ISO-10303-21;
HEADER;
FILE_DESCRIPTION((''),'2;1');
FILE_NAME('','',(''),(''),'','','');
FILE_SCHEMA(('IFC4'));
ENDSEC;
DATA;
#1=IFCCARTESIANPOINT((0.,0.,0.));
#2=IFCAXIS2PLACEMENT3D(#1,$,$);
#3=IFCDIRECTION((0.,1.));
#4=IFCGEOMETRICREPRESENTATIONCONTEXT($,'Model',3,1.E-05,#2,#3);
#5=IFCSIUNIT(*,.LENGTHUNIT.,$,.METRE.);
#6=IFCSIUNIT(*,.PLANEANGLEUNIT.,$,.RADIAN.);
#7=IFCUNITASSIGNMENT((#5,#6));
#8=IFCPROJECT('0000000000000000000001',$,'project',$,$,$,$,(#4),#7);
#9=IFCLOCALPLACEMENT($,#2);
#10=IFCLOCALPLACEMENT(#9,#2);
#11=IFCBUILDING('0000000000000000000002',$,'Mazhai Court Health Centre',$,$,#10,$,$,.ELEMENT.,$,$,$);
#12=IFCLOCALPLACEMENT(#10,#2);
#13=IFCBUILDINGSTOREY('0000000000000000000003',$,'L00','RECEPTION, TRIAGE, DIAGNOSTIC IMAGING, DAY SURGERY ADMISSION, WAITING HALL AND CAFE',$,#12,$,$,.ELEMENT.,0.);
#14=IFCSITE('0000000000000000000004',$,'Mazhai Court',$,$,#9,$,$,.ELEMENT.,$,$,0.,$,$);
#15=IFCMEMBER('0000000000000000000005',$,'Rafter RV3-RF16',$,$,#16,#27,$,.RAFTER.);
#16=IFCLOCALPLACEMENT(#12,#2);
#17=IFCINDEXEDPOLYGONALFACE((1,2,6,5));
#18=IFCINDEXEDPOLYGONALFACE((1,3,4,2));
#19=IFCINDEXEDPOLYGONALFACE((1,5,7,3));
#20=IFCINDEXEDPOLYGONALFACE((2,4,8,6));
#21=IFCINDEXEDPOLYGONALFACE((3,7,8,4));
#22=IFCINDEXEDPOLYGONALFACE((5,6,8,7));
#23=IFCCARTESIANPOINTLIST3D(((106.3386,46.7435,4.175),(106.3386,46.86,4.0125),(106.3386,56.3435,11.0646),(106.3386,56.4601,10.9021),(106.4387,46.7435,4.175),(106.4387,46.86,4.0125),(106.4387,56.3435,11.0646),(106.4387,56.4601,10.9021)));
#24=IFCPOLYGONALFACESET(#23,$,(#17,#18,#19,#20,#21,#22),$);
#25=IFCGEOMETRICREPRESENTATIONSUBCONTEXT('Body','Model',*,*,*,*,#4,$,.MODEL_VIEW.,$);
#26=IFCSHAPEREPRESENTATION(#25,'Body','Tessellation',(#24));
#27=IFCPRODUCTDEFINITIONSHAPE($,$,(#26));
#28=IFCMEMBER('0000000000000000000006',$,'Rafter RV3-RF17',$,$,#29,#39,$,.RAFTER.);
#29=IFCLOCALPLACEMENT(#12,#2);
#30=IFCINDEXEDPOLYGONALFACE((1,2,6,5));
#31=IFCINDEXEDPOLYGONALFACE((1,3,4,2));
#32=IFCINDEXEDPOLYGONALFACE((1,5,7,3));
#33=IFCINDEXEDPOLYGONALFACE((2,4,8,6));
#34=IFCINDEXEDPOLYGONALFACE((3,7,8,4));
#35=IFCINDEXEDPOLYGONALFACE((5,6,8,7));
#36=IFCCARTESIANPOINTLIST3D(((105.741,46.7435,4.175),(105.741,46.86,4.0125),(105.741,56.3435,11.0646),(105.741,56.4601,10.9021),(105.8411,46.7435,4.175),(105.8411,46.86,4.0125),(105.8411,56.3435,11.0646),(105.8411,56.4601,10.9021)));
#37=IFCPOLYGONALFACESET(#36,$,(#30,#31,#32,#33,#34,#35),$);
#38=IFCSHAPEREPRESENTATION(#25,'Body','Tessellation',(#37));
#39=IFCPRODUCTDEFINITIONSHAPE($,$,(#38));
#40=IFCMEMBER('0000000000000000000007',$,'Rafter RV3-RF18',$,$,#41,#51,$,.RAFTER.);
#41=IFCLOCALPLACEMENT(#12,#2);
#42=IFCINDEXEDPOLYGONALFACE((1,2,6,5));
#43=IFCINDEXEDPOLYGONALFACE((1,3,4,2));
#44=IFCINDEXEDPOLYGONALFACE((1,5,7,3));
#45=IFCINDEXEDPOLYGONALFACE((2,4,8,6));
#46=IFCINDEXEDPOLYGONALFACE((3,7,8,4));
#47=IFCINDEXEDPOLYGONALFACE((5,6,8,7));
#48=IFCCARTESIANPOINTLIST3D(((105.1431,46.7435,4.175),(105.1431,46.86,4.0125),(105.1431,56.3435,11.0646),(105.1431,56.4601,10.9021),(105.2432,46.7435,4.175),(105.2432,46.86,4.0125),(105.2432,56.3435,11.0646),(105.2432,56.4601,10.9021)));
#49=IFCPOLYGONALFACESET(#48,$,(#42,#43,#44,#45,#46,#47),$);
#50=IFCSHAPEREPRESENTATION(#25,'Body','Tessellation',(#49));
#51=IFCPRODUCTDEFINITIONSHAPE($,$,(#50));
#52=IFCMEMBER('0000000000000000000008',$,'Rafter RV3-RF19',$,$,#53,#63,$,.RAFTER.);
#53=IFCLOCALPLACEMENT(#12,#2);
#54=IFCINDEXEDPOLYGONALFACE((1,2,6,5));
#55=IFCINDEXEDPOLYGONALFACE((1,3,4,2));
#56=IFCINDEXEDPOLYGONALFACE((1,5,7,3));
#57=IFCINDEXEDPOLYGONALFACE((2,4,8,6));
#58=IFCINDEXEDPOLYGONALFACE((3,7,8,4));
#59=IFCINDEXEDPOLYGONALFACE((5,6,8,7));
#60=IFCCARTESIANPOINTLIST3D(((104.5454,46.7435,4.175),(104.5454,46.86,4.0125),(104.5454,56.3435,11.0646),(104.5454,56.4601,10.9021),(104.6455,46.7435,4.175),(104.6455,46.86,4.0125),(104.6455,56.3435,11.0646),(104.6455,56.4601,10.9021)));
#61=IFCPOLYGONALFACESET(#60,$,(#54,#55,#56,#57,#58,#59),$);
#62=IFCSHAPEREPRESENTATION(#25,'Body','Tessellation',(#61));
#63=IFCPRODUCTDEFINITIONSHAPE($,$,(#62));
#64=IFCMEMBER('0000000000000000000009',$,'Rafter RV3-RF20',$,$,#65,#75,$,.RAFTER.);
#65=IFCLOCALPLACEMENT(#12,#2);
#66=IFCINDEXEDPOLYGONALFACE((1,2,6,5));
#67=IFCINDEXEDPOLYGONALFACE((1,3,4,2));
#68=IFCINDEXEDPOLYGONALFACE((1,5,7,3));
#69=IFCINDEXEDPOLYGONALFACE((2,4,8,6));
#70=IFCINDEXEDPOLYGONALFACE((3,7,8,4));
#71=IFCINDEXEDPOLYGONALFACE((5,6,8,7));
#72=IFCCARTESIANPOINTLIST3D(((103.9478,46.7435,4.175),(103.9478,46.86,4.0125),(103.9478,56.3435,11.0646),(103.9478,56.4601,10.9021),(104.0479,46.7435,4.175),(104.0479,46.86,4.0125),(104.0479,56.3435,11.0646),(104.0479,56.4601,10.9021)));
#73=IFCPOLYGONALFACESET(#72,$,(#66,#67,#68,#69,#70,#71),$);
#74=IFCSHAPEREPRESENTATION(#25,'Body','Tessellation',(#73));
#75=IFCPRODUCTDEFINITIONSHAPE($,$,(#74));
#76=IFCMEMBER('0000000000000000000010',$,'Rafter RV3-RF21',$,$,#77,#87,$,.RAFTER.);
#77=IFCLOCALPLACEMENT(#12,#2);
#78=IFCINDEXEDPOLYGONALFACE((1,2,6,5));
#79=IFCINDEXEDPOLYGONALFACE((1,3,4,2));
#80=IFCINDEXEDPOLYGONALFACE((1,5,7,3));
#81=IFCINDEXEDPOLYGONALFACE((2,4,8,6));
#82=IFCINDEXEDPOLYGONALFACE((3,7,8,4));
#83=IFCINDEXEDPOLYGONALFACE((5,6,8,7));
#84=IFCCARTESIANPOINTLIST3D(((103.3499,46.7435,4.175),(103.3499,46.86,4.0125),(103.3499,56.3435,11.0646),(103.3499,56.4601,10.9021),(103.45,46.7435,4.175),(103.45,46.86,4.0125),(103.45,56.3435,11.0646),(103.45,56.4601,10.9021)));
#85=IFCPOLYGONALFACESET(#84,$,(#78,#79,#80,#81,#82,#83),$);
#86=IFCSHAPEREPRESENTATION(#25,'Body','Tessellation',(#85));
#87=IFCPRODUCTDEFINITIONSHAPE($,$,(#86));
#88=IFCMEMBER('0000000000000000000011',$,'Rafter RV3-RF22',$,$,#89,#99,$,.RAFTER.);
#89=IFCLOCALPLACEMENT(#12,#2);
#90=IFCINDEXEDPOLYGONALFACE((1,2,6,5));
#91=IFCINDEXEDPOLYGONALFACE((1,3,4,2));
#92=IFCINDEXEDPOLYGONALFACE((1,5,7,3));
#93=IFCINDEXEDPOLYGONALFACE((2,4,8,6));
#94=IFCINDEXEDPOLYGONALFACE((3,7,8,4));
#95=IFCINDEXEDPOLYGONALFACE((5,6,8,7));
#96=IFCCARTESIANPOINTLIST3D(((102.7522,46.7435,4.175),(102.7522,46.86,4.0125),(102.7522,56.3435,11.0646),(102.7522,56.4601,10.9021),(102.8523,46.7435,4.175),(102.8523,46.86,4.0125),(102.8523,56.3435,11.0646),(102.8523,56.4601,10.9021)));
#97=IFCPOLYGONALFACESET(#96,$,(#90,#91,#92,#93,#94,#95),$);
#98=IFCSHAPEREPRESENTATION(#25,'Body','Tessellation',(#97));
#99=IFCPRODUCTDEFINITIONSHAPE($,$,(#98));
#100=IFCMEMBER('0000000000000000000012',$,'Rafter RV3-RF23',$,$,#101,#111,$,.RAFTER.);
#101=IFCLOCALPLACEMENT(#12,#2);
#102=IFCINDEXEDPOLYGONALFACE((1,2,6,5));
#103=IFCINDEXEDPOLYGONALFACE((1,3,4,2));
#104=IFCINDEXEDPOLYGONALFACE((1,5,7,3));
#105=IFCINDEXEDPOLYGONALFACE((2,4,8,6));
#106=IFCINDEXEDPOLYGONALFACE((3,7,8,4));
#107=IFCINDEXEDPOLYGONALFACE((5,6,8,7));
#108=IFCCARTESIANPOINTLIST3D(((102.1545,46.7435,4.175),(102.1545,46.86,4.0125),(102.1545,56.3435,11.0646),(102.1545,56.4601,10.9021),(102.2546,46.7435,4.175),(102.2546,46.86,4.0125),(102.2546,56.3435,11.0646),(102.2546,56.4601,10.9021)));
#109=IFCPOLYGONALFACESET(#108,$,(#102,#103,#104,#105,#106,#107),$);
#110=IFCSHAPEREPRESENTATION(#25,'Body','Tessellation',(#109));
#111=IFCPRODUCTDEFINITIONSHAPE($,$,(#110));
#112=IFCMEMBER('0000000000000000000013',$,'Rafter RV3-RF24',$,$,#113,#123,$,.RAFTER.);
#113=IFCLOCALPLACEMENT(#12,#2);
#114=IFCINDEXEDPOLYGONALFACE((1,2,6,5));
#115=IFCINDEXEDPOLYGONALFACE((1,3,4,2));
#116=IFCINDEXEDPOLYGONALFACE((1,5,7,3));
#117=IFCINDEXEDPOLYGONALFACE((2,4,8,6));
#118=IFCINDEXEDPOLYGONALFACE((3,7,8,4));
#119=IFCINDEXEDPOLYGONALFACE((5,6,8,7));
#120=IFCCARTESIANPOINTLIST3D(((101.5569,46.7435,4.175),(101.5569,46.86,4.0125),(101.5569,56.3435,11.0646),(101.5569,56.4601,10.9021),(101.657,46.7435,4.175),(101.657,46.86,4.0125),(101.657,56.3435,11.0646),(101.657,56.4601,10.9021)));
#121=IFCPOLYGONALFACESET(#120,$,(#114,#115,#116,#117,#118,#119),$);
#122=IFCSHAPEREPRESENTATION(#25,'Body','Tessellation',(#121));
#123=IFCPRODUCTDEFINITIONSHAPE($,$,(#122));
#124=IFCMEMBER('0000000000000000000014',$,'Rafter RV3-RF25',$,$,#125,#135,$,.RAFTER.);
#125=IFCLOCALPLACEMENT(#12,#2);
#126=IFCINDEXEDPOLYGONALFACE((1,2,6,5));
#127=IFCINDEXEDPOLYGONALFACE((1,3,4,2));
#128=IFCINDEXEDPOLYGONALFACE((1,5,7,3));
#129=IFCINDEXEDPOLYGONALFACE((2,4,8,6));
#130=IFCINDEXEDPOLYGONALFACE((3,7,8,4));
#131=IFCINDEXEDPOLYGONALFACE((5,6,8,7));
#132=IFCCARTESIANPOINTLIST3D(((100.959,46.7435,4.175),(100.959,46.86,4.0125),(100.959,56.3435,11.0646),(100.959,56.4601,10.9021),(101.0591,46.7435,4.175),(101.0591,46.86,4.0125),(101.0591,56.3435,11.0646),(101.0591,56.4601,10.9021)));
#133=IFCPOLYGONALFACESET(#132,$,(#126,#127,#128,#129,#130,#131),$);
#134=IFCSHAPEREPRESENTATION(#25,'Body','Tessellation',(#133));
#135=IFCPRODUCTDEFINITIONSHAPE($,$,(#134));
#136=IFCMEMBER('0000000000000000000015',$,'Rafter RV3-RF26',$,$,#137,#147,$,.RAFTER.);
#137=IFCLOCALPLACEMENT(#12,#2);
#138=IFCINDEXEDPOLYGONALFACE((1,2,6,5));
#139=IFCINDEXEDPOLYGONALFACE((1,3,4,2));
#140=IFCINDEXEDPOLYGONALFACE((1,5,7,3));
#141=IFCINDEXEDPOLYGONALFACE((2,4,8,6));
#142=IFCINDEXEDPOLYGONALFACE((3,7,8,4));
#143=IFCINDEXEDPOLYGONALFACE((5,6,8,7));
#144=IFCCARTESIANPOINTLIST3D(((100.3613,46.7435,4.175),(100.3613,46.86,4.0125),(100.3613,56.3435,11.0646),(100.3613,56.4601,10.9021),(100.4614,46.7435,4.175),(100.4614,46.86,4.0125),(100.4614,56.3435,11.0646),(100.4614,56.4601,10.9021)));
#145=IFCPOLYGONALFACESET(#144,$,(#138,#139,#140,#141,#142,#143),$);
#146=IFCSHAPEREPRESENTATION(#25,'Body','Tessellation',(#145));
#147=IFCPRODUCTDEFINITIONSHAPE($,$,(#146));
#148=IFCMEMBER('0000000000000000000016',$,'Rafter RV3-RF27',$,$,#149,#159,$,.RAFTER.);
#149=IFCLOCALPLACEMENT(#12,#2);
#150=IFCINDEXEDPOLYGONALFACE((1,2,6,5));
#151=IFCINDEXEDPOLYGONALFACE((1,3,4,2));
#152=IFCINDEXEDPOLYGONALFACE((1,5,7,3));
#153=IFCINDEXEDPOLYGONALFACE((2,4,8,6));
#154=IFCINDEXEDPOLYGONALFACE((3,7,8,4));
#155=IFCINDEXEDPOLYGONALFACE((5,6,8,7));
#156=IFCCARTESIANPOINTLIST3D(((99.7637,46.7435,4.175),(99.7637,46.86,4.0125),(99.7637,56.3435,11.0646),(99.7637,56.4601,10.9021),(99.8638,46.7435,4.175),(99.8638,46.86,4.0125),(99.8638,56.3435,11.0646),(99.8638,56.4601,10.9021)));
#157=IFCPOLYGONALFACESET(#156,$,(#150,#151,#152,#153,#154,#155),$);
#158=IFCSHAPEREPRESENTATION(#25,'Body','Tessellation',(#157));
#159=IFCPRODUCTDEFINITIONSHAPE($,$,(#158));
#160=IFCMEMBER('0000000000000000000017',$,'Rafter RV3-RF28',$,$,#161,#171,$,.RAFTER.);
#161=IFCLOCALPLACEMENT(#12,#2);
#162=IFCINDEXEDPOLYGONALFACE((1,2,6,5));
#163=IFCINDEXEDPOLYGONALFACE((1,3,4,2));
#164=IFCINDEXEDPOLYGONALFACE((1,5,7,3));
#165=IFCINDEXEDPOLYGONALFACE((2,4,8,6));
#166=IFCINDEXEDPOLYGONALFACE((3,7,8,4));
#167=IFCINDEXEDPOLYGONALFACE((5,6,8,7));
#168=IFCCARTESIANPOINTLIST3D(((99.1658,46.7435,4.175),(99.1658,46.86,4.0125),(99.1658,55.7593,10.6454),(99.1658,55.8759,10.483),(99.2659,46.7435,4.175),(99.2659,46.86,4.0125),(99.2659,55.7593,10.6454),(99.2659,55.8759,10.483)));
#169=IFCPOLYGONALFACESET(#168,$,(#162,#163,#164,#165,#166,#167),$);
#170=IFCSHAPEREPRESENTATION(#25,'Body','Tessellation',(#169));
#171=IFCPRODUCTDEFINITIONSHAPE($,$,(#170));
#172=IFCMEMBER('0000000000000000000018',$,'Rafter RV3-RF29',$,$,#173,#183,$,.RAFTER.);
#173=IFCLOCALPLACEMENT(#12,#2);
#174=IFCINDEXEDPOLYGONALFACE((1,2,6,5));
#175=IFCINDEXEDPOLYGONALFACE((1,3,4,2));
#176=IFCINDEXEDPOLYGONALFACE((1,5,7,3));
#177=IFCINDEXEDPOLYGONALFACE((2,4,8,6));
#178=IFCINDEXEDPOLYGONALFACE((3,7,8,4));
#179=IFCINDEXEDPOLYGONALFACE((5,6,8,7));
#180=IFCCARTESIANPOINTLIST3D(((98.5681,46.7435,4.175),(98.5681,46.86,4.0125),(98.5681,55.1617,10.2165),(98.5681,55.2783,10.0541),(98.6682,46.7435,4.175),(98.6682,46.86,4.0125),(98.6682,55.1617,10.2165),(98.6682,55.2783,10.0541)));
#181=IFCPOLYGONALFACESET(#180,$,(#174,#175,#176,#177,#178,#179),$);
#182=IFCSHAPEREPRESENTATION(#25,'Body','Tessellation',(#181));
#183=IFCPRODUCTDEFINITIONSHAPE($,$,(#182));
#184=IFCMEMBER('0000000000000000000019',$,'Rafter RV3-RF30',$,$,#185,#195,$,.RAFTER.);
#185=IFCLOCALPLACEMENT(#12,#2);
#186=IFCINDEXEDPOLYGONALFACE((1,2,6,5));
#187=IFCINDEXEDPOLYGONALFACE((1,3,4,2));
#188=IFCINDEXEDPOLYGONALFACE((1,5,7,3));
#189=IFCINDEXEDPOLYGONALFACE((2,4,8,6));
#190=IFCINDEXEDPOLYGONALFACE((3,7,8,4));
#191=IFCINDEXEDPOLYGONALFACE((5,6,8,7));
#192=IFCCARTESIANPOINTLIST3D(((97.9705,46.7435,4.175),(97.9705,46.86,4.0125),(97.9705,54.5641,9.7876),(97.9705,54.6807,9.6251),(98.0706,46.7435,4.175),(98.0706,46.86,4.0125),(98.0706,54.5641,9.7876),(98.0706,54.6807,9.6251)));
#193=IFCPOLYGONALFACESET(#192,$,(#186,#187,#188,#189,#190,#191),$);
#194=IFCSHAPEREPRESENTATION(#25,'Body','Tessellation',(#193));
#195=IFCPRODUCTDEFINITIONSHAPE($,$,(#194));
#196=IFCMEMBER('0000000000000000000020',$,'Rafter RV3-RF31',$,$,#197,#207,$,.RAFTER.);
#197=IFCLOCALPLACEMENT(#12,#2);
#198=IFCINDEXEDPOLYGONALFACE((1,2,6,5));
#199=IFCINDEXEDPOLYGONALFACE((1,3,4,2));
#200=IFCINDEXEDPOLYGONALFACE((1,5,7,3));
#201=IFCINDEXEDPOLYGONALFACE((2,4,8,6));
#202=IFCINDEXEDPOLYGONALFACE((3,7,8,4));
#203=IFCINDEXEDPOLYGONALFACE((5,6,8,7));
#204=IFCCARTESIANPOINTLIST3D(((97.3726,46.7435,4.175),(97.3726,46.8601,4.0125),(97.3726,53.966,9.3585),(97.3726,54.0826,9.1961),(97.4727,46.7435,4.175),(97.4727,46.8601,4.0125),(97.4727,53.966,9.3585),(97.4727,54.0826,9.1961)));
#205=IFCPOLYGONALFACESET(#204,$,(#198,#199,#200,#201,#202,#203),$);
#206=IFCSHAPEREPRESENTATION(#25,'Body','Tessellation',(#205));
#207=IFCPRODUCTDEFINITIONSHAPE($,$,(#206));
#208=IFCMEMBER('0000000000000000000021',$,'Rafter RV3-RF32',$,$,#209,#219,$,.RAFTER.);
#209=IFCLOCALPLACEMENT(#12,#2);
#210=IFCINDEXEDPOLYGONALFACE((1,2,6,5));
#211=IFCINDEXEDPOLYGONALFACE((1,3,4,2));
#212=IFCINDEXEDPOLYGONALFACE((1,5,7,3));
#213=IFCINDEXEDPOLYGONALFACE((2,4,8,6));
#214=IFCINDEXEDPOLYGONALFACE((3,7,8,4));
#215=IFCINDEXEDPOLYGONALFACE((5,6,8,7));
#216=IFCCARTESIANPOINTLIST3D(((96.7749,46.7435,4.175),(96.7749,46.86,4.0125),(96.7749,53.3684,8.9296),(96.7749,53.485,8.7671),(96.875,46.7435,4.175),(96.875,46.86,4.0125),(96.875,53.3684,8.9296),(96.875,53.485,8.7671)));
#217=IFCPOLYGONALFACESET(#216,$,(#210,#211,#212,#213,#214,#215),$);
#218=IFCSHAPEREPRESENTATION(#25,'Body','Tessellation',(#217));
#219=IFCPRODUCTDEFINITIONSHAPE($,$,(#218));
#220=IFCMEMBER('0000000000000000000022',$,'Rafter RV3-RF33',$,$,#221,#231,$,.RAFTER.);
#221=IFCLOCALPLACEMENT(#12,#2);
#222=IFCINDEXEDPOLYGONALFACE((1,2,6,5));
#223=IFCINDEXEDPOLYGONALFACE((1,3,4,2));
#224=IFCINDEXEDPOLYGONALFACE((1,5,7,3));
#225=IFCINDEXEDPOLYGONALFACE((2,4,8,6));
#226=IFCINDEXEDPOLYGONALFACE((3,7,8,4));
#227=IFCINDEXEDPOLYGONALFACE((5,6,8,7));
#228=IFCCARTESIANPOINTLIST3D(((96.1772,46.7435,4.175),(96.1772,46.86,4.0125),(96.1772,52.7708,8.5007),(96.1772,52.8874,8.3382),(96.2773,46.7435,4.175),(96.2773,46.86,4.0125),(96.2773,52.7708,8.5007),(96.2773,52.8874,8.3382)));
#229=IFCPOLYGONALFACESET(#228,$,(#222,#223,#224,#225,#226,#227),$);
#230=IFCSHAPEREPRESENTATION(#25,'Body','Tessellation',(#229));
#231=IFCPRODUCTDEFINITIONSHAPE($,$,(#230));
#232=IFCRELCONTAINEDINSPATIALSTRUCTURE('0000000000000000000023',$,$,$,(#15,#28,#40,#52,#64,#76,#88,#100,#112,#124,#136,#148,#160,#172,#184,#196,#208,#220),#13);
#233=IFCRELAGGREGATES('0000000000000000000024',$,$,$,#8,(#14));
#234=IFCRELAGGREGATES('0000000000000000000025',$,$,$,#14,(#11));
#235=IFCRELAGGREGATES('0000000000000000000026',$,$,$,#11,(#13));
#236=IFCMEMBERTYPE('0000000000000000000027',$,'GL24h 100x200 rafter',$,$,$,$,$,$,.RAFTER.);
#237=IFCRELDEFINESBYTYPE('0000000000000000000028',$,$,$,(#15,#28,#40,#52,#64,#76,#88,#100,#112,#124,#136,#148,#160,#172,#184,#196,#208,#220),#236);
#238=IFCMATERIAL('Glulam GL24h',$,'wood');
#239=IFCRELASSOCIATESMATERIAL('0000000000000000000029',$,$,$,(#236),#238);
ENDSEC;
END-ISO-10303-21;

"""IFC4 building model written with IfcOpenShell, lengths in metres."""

from ifc_helpers import new_model, si_unit, direction, frame, origin, origin_2d, place, context, subcontext, project, spatial, rectangle, extrude, material, material_profile, profile_set, type_object, element, save


model = new_model("IFC4")

# Units and contexts
model_context = context("Model", 3, precision=1e-05, world=origin(), true_north=direction((0.0, 1.0)))
body_context = subcontext(model_context, "Body", "Model", "MODEL_VIEW")
ifc_project = project(units=[si_unit("LENGTHUNIT", "METRE"), si_unit("PLANEANGLEUNIT", "RADIAN")], contexts=[model_context])

# Site, building, storey
site_placement = place(None, origin())
site = spatial("IfcSite", under=ifc_project, at=site_placement, Name="Mazhai Court", CompositionType="ELEMENT", RefElevation=0.0)
building_placement = place(site_placement, origin())
building = spatial("IfcBuilding", under=site, at=building_placement, Name="Mazhai Court Health Centre", CompositionType="ELEMENT")
storey_placement = place(building_placement, origin())
storey = spatial("IfcBuildingStorey", under=building, at=storey_placement, Name="L00", Description="RECEPTION, TRIAGE, DIAGNOSTIC IMAGING, DAY SURGERY ADMISSION, WAITING HALL AND CAFE", CompositionType="ELEMENT", Elevation=0.0)

# Members
ifc_material_1 = material(Name="Glulam GL24h", Category="wood")
ifc_material_profile = material_profile(ifc_material_1, rectangle(XDim=0.1001, YDim=0.2, at=origin_2d()), Name="GL24h 100x200")
ifc_profile_set = profile_set([ifc_material_profile], Name="Glulam GL24h")
member_type = type_object("IfcMemberType", Name="GL24h 100x200 rafter", PredefinedType="RAFTER", material=ifc_profile_set)
for number, where, z_axis, x_axis, name in (
    (1, (106.3887, 46.8018, 4.0938), (0.0, 0.812433, 0.583054), (-1.0, 0.0, 0.0), "Rafter RV3-RF16"),
    (2, (105.791, 46.8018, 4.0938), (0.0, 0.812433, 0.583054), (-1.0, 0.0, 0.0), "Rafter RV3-RF17"),
    (3, (105.1931, 46.8018, 4.0938), (0.0, 0.812433, 0.583054), (-1.0, 0.0, 0.0), "Rafter RV3-RF18"),
    (4, (104.5955, 46.8018, 4.0938), (0.0, 0.812433, 0.583054), (-1.0, 0.0, 0.0), "Rafter RV3-RF19"),
    (5, (103.9978, 46.8018, 4.0938), (0.0, 0.812433, 0.583054), (-1.0, 0.0, 0.0), "Rafter RV3-RF20"),
    (6, (103.3999, 46.8018, 4.0938), (0.0, 0.812433, 0.583054), (-1.0, 0.0, 0.0), "Rafter RV3-RF21"),
    (7, (102.8022, 46.8018, 4.0938), (0.0, 0.812433, 0.583054), (-1.0, 0.0, 0.0), "Rafter RV3-RF22"),
    (8, (102.2046, 46.8018, 4.0938), (0.0, 0.812433, 0.583054), (-1.0, 0.0, 0.0), "Rafter RV3-RF23"),
    (9, (101.6069, 46.8018, 4.0938), (0.0, 0.812433, 0.583054), (-1.0, 0.0, 0.0), "Rafter RV3-RF24"),
    (10, (101.009, 46.8018, 4.0938), (0.0, 0.812433, 0.583054), (-1.0, 0.0, 0.0), "Rafter RV3-RF25"),
    (11, (100.4114, 46.8018, 4.0938), (0.0, 0.812433, 0.583054), (-1.0, 0.0, 0.0), "Rafter RV3-RF26"),
    (12, (99.8137, 46.8018, 4.0938), (0.0, 0.812433, 0.583054), (-1.0, 0.0, 0.0), "Rafter RV3-RF27"),
):
    element("IfcMember", number, at=place(storey_placement, frame(where, z_axis=z_axis, x_axis=x_axis)), inside=storey, type_object=member_type, Name=name, PredefinedType="RAFTER", context=body_context, shape_type="SweptSolid", body=[
        extrude(rectangle(XDim=0.1001, YDim=0.2, at=origin_2d()), origin(), (0.0, 0.0, 1.0), 11.8164),
    ])
member_1_placement = place(storey_placement, frame((99.2158, 46.8018, 4.0938), z_axis=(0.0, 0.812429, 0.58306), x_axis=(-1.0, 0.0, 0.0)))
element("IfcMember", 13, at=member_1_placement, inside=storey, type_object=member_type, Name="Rafter RV3-RF28", PredefinedType="RAFTER", context=body_context, shape_type="SweptSolid", body=[
    extrude(rectangle(XDim=0.1001, YDim=0.2, at=origin_2d()), origin(), (0.0, 0.0, 1.0), 11.0974),
])
member_2_placement = place(storey_placement, frame((98.6182, 46.8018, 4.0938), z_axis=(0.0, 0.812431, 0.583058), x_axis=(-1.0, 0.0, 0.0)))
element("IfcMember", 14, at=member_2_placement, inside=storey, type_object=member_type, Name="Rafter RV3-RF29", PredefinedType="RAFTER", context=body_context, shape_type="SweptSolid", body=[
    extrude(rectangle(XDim=0.1001, YDim=0.2, at=origin_2d()), origin(), (0.0, 0.0, 1.0), 10.3618),
])
member_3_placement = place(storey_placement, frame((98.0205, 46.8018, 4.0938), z_axis=(0.0, 0.812432, 0.583055), x_axis=(-1.0, 0.0, 0.0)))
element("IfcMember", 15, at=member_3_placement, inside=storey, type_object=member_type, Name="Rafter RV3-RF30", PredefinedType="RAFTER", context=body_context, shape_type="SweptSolid", body=[
    extrude(rectangle(XDim=0.1001, YDim=0.2, at=origin_2d()), origin(), (0.0, 0.0, 1.0), 9.6262),
])
member_4_placement = place(storey_placement, frame((97.4226, 46.8018, 4.0938), z_axis=(0.0, 0.812425, 0.583066), x_axis=(-1.0, 0.0, 0.0)))
element("IfcMember", 16, at=member_4_placement, inside=storey, type_object=member_type, Name="Rafter RV3-RF31", PredefinedType="RAFTER", context=body_context, shape_type="SweptSolid", body=[
    extrude(rectangle(XDim=0.1001, YDim=0.2, at=origin_2d()), origin(), (0.0, 0.0, 1.0), 8.8901),
])
member_5_placement = place(storey_placement, frame((96.825, 46.8018, 4.0938), z_axis=(0.0, 0.812427, 0.583063), x_axis=(-1.0, 0.0, 0.0)))
element("IfcMember", 17, at=member_5_placement, inside=storey, type_object=member_type, Name="Rafter RV3-RF32", PredefinedType="RAFTER", context=body_context, shape_type="SweptSolid", body=[
    extrude(rectangle(XDim=0.1001, YDim=0.2, at=origin_2d()), origin(), (0.0, 0.0, 1.0), 8.1545),
])
member_6_placement = place(storey_placement, frame((96.2273, 46.8018, 4.0938), z_axis=(0.0, 0.812428, 0.583061), x_axis=(-1.0, 0.0, 0.0)))
element("IfcMember", 18, at=member_6_placement, inside=storey, type_object=member_type, Name="Rafter RV3-RF33", PredefinedType="RAFTER", context=body_context, shape_type="SweptSolid", body=[
    extrude(rectangle(XDim=0.1001, YDim=0.2, at=origin_2d()), origin(), (0.0, 0.0, 1.0), 7.4189),
])

save(model, "model.ifc")
